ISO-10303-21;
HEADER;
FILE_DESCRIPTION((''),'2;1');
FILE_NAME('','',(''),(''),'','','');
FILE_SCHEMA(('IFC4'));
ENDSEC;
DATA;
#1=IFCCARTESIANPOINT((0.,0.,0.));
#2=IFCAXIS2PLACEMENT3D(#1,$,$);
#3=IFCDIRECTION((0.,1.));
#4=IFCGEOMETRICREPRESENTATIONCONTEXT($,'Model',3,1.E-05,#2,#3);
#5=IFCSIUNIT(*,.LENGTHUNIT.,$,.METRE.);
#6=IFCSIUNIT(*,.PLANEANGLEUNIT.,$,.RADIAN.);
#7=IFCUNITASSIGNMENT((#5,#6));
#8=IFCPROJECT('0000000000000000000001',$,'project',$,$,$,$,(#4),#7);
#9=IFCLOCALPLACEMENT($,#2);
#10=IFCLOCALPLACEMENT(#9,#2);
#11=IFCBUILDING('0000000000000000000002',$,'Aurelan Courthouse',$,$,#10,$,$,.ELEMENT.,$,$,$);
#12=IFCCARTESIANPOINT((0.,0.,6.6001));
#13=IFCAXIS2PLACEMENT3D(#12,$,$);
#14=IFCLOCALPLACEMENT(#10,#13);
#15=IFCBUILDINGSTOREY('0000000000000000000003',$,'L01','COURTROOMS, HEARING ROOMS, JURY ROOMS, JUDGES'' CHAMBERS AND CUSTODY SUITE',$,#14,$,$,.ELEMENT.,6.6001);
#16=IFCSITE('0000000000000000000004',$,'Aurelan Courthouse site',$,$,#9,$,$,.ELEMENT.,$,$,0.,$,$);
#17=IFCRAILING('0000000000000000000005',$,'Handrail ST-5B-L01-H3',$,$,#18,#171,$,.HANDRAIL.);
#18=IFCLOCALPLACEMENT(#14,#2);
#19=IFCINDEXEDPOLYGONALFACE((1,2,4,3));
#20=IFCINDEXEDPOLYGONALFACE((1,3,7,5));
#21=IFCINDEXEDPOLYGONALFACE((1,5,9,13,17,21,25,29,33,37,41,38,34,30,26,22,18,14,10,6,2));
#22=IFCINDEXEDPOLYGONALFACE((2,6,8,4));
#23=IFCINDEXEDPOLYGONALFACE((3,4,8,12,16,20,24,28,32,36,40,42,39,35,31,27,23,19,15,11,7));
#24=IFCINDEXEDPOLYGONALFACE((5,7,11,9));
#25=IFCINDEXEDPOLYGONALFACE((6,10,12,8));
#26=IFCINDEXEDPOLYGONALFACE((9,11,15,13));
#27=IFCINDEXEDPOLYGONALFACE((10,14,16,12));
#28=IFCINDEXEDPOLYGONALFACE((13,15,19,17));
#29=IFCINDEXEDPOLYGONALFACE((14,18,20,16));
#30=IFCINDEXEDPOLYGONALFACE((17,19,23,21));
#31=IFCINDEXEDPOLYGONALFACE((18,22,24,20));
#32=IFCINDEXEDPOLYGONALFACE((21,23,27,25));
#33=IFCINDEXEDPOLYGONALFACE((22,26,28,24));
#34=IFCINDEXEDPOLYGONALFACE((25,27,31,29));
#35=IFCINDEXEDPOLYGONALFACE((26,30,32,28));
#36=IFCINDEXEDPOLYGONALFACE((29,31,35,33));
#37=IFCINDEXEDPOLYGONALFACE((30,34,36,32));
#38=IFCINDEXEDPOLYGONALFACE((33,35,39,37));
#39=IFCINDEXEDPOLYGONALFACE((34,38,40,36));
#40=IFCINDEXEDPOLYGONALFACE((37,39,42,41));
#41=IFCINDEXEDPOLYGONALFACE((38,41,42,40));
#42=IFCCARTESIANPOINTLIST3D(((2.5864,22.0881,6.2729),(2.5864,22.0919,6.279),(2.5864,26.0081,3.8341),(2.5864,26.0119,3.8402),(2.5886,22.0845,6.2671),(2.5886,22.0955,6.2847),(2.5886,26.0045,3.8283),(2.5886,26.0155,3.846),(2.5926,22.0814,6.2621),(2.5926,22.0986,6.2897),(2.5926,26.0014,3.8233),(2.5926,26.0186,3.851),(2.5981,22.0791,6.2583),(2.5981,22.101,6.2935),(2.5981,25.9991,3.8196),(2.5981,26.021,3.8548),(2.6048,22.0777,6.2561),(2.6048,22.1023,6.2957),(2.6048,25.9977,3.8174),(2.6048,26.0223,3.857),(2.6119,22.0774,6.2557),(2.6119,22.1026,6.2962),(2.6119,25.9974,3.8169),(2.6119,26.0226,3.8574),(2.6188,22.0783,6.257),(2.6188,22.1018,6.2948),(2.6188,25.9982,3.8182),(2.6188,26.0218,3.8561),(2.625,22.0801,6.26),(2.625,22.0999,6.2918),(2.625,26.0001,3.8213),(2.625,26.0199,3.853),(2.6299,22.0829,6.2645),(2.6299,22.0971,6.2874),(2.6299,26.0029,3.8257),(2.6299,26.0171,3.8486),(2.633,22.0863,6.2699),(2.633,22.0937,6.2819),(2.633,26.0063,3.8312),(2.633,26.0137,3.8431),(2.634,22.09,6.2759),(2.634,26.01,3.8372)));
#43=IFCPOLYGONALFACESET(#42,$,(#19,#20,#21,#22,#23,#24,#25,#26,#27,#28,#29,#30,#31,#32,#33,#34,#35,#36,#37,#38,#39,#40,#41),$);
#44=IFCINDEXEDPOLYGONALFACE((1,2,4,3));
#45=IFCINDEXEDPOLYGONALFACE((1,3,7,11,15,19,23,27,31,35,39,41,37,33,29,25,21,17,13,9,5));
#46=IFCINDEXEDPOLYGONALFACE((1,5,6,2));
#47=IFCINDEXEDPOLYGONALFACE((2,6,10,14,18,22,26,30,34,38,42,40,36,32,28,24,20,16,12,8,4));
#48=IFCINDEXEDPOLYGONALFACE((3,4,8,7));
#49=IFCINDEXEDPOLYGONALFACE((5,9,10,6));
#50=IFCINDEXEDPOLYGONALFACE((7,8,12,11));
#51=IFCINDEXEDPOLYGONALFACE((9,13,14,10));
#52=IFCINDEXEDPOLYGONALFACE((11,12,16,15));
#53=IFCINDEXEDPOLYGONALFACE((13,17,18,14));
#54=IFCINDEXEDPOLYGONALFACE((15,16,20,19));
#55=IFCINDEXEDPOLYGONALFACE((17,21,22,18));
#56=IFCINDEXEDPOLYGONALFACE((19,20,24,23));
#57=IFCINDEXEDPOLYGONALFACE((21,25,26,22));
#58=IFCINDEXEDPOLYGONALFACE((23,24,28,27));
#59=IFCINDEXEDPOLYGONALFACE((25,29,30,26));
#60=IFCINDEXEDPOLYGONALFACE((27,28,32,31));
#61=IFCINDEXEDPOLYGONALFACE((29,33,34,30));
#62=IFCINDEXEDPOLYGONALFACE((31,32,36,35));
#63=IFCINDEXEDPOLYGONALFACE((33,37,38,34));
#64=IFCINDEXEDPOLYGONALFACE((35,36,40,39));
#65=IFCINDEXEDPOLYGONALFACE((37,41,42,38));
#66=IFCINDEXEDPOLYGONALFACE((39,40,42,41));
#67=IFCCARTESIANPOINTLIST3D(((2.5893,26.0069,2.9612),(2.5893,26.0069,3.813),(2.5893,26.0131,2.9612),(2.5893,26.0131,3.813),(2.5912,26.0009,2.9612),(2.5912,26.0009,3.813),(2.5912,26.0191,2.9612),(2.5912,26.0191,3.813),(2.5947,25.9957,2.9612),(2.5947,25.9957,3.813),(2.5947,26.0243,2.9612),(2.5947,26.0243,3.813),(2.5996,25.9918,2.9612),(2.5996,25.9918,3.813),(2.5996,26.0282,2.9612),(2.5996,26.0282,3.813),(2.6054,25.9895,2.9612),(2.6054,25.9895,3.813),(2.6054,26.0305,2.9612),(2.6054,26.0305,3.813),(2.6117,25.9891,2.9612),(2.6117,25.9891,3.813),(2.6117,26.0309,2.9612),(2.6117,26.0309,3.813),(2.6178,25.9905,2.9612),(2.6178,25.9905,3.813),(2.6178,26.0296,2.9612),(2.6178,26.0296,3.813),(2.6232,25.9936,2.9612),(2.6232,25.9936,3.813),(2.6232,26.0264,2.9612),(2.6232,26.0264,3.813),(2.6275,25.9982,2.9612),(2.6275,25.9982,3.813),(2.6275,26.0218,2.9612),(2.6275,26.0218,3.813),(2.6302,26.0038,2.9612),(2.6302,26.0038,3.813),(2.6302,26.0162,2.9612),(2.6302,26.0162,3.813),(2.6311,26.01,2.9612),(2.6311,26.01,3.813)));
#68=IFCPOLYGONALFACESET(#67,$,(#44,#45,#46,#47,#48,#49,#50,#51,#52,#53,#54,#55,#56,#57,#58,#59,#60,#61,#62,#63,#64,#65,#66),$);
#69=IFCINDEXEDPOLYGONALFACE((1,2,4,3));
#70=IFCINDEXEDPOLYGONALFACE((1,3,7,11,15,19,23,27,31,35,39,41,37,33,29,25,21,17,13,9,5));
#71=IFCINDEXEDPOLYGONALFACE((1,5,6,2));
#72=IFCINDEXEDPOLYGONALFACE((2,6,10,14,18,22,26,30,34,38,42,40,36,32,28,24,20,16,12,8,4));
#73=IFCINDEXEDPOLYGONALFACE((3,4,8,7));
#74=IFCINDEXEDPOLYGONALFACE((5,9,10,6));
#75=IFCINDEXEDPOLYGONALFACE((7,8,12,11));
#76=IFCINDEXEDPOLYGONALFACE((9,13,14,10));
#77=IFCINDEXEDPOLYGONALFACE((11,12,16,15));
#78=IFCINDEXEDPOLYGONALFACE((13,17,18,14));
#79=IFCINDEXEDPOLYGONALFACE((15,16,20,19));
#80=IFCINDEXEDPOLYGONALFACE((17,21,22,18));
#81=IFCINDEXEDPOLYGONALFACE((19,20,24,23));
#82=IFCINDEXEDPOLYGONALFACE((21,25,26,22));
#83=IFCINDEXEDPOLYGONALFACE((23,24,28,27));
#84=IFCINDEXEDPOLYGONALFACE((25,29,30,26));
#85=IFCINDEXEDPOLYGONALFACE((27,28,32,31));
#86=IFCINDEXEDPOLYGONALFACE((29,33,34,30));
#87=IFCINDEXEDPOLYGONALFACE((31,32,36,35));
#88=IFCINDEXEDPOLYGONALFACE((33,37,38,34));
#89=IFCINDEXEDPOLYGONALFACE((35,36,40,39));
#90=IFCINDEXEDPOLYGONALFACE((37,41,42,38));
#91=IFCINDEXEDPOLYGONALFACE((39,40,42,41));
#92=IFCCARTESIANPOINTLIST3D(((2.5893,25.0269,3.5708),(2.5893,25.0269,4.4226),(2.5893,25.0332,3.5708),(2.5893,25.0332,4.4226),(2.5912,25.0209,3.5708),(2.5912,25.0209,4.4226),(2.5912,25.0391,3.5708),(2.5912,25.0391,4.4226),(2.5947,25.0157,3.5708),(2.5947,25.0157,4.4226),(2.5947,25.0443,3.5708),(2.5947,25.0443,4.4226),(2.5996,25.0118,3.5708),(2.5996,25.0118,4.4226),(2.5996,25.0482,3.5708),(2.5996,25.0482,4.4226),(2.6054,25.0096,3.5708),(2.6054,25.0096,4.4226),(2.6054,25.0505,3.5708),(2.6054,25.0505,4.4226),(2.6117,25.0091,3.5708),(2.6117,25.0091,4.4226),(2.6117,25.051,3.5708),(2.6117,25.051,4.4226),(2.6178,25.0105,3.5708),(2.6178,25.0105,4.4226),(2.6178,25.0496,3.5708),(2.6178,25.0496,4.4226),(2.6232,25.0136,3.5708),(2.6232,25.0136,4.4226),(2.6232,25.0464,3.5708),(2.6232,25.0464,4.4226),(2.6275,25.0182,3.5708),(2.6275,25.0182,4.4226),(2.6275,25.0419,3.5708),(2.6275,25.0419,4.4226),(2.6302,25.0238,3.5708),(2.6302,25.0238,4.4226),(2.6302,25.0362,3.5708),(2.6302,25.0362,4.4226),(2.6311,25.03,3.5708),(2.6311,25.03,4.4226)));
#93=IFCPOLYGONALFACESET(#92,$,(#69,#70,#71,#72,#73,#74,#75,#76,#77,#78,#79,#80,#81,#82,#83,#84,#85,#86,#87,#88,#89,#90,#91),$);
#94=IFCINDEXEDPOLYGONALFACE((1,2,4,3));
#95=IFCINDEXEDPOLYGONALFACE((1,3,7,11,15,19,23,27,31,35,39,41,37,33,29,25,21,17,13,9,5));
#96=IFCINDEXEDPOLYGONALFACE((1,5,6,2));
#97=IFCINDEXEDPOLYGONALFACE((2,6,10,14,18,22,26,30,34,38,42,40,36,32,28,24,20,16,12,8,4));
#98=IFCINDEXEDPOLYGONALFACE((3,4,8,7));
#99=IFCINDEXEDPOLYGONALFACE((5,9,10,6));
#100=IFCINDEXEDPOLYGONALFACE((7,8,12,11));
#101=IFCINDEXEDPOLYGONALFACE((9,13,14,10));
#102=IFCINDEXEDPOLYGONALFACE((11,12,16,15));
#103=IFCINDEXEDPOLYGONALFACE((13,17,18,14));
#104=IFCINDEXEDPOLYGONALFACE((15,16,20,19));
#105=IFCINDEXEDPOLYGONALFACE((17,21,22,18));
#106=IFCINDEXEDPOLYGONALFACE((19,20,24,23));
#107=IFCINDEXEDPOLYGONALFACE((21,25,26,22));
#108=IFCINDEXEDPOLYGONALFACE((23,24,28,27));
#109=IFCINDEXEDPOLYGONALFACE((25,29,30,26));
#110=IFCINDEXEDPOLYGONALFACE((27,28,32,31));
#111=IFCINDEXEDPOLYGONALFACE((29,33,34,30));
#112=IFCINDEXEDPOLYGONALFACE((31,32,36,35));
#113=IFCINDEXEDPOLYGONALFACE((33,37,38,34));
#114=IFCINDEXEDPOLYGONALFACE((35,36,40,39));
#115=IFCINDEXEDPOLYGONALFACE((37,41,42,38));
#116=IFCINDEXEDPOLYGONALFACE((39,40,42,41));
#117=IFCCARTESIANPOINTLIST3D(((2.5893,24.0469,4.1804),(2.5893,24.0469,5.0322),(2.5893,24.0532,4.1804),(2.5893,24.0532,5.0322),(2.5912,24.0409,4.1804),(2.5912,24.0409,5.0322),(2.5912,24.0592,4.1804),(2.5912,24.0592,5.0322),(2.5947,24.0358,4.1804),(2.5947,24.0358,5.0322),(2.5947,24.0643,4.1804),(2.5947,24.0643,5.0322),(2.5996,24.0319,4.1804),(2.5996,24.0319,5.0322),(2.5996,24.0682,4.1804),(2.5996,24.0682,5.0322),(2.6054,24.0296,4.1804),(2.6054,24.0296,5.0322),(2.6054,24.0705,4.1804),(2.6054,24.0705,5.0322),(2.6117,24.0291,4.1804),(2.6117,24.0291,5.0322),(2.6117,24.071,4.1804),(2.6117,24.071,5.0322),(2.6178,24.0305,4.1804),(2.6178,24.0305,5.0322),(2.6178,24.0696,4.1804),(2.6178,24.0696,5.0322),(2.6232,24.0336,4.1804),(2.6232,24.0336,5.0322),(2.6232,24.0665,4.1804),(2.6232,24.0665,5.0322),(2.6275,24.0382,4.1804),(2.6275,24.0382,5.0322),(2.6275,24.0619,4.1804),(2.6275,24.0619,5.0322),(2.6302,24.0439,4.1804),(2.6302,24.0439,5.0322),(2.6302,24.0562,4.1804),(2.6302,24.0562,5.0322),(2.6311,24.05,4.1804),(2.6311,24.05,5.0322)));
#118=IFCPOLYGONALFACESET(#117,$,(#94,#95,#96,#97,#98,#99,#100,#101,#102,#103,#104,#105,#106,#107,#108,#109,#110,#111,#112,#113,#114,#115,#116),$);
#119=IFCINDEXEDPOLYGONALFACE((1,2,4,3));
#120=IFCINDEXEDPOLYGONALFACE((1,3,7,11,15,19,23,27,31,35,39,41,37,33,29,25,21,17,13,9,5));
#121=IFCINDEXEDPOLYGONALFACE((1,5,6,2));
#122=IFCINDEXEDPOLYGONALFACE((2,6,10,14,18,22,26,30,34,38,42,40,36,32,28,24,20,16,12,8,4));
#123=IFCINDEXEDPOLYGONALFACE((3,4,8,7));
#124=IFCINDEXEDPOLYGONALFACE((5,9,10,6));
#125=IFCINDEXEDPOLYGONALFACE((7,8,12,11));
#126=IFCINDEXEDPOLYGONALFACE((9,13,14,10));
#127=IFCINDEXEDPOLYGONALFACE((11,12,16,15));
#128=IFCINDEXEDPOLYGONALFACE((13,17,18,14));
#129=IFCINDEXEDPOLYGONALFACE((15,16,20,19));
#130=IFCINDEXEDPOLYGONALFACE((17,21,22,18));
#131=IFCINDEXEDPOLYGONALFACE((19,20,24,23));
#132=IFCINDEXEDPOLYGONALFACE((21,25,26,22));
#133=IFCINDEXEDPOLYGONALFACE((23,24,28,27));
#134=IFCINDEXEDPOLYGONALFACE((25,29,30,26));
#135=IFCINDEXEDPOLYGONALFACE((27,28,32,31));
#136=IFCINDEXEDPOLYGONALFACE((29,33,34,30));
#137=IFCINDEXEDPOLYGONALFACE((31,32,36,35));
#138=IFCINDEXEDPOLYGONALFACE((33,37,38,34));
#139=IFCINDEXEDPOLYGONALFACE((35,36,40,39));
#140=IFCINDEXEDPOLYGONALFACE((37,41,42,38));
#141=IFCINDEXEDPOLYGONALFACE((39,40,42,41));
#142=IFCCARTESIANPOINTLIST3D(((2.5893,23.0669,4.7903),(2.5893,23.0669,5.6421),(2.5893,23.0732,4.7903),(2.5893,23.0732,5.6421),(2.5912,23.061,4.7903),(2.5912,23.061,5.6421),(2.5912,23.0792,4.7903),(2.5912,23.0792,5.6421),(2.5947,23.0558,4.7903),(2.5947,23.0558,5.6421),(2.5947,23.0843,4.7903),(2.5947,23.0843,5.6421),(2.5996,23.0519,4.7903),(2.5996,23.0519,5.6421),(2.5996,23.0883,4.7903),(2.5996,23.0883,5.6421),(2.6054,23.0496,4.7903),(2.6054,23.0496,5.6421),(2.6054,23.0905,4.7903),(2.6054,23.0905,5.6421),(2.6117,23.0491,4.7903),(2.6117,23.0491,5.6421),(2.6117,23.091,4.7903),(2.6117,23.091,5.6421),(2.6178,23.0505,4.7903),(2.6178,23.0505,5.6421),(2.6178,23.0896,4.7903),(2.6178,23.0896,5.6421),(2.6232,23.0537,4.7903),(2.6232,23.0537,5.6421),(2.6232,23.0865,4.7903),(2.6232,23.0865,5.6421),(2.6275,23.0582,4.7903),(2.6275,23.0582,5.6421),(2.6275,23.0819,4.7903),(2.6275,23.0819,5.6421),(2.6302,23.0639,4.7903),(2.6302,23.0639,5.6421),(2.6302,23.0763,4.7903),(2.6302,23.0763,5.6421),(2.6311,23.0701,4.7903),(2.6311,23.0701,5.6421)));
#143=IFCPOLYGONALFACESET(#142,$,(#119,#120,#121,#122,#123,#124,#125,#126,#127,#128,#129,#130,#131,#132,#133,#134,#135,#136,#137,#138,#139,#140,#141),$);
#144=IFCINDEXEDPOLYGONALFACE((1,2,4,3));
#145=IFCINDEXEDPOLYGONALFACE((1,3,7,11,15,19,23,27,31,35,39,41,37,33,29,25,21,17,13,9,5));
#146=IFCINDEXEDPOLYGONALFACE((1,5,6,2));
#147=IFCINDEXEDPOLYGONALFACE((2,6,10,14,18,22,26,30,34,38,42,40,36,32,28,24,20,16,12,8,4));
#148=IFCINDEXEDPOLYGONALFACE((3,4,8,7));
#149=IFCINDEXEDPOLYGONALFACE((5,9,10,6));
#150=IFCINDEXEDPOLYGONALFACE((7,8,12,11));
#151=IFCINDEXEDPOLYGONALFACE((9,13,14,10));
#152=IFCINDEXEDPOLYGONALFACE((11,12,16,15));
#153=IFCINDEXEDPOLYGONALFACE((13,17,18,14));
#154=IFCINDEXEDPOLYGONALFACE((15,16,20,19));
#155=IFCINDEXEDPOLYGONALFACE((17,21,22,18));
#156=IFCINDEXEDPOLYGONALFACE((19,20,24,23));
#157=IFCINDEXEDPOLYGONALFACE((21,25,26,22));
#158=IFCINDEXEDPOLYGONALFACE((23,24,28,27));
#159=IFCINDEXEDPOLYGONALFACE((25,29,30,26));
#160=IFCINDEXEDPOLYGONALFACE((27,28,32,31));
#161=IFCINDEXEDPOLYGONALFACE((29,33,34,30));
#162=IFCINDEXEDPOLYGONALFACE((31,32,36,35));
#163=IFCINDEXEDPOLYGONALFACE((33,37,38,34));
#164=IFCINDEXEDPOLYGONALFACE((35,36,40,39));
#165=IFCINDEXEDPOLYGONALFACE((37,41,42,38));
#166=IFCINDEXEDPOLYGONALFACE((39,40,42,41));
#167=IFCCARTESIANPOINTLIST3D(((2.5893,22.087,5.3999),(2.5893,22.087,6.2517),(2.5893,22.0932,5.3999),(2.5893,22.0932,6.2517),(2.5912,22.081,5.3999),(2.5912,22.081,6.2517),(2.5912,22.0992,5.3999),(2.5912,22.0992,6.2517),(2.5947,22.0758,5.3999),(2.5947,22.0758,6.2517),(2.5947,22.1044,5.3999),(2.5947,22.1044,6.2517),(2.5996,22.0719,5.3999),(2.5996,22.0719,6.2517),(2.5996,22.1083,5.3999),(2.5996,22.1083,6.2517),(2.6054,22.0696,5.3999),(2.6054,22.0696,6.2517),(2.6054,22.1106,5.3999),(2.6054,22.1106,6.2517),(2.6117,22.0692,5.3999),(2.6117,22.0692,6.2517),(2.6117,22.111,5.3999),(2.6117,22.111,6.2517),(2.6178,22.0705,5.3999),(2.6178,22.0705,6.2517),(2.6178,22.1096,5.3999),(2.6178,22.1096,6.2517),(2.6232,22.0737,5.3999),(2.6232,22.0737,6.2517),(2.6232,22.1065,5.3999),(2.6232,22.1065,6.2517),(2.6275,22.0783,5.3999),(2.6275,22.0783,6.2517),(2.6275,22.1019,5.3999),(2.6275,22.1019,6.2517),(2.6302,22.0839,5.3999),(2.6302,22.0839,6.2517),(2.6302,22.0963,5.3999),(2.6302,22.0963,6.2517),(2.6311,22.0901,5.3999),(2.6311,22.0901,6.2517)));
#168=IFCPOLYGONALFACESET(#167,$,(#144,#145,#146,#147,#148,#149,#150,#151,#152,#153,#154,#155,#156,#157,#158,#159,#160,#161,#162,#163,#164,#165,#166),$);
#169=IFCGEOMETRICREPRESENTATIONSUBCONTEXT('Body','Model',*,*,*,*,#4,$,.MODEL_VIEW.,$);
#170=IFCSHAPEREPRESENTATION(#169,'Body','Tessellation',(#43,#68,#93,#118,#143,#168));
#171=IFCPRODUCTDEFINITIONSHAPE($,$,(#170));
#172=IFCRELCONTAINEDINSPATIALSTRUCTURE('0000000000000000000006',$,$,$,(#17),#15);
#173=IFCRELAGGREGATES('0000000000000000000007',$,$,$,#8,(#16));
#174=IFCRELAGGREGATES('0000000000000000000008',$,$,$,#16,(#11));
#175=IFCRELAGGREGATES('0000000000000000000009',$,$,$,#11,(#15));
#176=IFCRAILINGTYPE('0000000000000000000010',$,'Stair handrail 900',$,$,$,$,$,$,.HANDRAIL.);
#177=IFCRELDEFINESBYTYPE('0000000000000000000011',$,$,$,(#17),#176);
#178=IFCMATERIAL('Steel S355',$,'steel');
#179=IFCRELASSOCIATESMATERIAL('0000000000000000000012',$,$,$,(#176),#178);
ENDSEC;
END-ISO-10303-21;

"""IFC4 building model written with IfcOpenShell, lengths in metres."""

from ifc_helpers import new_model, si_unit, direction, frame, origin, origin_2d, place, context, subcontext, project, spatial, circle, extrude, material, type_object, element, save


model = new_model("IFC4")

# Units and contexts
model_context = context("Model", 3, precision=1e-05, world=origin(), true_north=direction((0.0, 1.0)))
body_context = subcontext(model_context, "Body", "Model", "MODEL_VIEW")
ifc_project = project(units=[si_unit("LENGTHUNIT", "METRE"), si_unit("PLANEANGLEUNIT", "RADIAN")], contexts=[model_context])

# Site, building, storey
site_placement = place(None, origin())
site = spatial("IfcSite", under=ifc_project, at=site_placement, Name="Aurelan Courthouse site", CompositionType="ELEMENT", RefElevation=0.0)
building_placement = place(site_placement, origin())
building = spatial("IfcBuilding", under=site, at=building_placement, Name="Aurelan Courthouse", CompositionType="ELEMENT")
storey_placement = place(building_placement, frame((0.0, 0.0, 6.6001)))
storey = spatial("IfcBuildingStorey", under=building, at=storey_placement, Name="L01", Description="COURTROOMS, HEARING ROOMS, JURY ROOMS, JUDGES' CHAMBERS AND CUSTODY SUITE", CompositionType="ELEMENT", Elevation=6.6001)

# Railing
ifc_material_1 = material(Name="Steel S355", Category="steel")
railing_type_1 = type_object("IfcRailingType", Name="Stair handrail 900", PredefinedType="HANDRAIL", material=ifc_material_1)
railing_1_placement = place(storey_placement, frame((2.6101, 26.01, 2.9612)))
element("IfcRailing", 1, at=railing_1_placement, inside=storey, type_object=railing_type_1, Name="Handrail ST-5B-L01-H3", PredefinedType="HANDRAIL", context=body_context, shape_type="SweptSolid", body=[
    extrude(circle(Radius=0.0239, at=origin_2d()), frame((0.0, 0.0, 0.876), z_axis=(0.0, -0.84909, 0.528249), x_axis=(1.0, 0.0, 0.0)), (0.0, 0.0, 1.0), 4.6167),
    extrude(circle(Radius=0.021, at=origin_2d()), origin(), (0.0, 0.0, 1.0), 0.8518),
    extrude(circle(Radius=0.021, at=origin_2d()), frame((0.0, -0.98, 0.6096)), (0.0, 0.0, 1.0), 0.8518),
    extrude(circle(Radius=0.021, at=origin_2d()), frame((0.0, -1.96, 1.2192)), (0.0, 0.0, 1.0), 0.8518),
    extrude(circle(Radius=0.021, at=origin_2d()), frame((0.0, -2.9399, 1.8291)), (0.0, 0.0, 1.0), 0.8518),
    extrude(circle(Radius=0.021, at=origin_2d()), frame((0.0, -3.9199, 2.4387)), (0.0, 0.0, 1.0), 0.8518),
])

save(model, "model.ifc")
